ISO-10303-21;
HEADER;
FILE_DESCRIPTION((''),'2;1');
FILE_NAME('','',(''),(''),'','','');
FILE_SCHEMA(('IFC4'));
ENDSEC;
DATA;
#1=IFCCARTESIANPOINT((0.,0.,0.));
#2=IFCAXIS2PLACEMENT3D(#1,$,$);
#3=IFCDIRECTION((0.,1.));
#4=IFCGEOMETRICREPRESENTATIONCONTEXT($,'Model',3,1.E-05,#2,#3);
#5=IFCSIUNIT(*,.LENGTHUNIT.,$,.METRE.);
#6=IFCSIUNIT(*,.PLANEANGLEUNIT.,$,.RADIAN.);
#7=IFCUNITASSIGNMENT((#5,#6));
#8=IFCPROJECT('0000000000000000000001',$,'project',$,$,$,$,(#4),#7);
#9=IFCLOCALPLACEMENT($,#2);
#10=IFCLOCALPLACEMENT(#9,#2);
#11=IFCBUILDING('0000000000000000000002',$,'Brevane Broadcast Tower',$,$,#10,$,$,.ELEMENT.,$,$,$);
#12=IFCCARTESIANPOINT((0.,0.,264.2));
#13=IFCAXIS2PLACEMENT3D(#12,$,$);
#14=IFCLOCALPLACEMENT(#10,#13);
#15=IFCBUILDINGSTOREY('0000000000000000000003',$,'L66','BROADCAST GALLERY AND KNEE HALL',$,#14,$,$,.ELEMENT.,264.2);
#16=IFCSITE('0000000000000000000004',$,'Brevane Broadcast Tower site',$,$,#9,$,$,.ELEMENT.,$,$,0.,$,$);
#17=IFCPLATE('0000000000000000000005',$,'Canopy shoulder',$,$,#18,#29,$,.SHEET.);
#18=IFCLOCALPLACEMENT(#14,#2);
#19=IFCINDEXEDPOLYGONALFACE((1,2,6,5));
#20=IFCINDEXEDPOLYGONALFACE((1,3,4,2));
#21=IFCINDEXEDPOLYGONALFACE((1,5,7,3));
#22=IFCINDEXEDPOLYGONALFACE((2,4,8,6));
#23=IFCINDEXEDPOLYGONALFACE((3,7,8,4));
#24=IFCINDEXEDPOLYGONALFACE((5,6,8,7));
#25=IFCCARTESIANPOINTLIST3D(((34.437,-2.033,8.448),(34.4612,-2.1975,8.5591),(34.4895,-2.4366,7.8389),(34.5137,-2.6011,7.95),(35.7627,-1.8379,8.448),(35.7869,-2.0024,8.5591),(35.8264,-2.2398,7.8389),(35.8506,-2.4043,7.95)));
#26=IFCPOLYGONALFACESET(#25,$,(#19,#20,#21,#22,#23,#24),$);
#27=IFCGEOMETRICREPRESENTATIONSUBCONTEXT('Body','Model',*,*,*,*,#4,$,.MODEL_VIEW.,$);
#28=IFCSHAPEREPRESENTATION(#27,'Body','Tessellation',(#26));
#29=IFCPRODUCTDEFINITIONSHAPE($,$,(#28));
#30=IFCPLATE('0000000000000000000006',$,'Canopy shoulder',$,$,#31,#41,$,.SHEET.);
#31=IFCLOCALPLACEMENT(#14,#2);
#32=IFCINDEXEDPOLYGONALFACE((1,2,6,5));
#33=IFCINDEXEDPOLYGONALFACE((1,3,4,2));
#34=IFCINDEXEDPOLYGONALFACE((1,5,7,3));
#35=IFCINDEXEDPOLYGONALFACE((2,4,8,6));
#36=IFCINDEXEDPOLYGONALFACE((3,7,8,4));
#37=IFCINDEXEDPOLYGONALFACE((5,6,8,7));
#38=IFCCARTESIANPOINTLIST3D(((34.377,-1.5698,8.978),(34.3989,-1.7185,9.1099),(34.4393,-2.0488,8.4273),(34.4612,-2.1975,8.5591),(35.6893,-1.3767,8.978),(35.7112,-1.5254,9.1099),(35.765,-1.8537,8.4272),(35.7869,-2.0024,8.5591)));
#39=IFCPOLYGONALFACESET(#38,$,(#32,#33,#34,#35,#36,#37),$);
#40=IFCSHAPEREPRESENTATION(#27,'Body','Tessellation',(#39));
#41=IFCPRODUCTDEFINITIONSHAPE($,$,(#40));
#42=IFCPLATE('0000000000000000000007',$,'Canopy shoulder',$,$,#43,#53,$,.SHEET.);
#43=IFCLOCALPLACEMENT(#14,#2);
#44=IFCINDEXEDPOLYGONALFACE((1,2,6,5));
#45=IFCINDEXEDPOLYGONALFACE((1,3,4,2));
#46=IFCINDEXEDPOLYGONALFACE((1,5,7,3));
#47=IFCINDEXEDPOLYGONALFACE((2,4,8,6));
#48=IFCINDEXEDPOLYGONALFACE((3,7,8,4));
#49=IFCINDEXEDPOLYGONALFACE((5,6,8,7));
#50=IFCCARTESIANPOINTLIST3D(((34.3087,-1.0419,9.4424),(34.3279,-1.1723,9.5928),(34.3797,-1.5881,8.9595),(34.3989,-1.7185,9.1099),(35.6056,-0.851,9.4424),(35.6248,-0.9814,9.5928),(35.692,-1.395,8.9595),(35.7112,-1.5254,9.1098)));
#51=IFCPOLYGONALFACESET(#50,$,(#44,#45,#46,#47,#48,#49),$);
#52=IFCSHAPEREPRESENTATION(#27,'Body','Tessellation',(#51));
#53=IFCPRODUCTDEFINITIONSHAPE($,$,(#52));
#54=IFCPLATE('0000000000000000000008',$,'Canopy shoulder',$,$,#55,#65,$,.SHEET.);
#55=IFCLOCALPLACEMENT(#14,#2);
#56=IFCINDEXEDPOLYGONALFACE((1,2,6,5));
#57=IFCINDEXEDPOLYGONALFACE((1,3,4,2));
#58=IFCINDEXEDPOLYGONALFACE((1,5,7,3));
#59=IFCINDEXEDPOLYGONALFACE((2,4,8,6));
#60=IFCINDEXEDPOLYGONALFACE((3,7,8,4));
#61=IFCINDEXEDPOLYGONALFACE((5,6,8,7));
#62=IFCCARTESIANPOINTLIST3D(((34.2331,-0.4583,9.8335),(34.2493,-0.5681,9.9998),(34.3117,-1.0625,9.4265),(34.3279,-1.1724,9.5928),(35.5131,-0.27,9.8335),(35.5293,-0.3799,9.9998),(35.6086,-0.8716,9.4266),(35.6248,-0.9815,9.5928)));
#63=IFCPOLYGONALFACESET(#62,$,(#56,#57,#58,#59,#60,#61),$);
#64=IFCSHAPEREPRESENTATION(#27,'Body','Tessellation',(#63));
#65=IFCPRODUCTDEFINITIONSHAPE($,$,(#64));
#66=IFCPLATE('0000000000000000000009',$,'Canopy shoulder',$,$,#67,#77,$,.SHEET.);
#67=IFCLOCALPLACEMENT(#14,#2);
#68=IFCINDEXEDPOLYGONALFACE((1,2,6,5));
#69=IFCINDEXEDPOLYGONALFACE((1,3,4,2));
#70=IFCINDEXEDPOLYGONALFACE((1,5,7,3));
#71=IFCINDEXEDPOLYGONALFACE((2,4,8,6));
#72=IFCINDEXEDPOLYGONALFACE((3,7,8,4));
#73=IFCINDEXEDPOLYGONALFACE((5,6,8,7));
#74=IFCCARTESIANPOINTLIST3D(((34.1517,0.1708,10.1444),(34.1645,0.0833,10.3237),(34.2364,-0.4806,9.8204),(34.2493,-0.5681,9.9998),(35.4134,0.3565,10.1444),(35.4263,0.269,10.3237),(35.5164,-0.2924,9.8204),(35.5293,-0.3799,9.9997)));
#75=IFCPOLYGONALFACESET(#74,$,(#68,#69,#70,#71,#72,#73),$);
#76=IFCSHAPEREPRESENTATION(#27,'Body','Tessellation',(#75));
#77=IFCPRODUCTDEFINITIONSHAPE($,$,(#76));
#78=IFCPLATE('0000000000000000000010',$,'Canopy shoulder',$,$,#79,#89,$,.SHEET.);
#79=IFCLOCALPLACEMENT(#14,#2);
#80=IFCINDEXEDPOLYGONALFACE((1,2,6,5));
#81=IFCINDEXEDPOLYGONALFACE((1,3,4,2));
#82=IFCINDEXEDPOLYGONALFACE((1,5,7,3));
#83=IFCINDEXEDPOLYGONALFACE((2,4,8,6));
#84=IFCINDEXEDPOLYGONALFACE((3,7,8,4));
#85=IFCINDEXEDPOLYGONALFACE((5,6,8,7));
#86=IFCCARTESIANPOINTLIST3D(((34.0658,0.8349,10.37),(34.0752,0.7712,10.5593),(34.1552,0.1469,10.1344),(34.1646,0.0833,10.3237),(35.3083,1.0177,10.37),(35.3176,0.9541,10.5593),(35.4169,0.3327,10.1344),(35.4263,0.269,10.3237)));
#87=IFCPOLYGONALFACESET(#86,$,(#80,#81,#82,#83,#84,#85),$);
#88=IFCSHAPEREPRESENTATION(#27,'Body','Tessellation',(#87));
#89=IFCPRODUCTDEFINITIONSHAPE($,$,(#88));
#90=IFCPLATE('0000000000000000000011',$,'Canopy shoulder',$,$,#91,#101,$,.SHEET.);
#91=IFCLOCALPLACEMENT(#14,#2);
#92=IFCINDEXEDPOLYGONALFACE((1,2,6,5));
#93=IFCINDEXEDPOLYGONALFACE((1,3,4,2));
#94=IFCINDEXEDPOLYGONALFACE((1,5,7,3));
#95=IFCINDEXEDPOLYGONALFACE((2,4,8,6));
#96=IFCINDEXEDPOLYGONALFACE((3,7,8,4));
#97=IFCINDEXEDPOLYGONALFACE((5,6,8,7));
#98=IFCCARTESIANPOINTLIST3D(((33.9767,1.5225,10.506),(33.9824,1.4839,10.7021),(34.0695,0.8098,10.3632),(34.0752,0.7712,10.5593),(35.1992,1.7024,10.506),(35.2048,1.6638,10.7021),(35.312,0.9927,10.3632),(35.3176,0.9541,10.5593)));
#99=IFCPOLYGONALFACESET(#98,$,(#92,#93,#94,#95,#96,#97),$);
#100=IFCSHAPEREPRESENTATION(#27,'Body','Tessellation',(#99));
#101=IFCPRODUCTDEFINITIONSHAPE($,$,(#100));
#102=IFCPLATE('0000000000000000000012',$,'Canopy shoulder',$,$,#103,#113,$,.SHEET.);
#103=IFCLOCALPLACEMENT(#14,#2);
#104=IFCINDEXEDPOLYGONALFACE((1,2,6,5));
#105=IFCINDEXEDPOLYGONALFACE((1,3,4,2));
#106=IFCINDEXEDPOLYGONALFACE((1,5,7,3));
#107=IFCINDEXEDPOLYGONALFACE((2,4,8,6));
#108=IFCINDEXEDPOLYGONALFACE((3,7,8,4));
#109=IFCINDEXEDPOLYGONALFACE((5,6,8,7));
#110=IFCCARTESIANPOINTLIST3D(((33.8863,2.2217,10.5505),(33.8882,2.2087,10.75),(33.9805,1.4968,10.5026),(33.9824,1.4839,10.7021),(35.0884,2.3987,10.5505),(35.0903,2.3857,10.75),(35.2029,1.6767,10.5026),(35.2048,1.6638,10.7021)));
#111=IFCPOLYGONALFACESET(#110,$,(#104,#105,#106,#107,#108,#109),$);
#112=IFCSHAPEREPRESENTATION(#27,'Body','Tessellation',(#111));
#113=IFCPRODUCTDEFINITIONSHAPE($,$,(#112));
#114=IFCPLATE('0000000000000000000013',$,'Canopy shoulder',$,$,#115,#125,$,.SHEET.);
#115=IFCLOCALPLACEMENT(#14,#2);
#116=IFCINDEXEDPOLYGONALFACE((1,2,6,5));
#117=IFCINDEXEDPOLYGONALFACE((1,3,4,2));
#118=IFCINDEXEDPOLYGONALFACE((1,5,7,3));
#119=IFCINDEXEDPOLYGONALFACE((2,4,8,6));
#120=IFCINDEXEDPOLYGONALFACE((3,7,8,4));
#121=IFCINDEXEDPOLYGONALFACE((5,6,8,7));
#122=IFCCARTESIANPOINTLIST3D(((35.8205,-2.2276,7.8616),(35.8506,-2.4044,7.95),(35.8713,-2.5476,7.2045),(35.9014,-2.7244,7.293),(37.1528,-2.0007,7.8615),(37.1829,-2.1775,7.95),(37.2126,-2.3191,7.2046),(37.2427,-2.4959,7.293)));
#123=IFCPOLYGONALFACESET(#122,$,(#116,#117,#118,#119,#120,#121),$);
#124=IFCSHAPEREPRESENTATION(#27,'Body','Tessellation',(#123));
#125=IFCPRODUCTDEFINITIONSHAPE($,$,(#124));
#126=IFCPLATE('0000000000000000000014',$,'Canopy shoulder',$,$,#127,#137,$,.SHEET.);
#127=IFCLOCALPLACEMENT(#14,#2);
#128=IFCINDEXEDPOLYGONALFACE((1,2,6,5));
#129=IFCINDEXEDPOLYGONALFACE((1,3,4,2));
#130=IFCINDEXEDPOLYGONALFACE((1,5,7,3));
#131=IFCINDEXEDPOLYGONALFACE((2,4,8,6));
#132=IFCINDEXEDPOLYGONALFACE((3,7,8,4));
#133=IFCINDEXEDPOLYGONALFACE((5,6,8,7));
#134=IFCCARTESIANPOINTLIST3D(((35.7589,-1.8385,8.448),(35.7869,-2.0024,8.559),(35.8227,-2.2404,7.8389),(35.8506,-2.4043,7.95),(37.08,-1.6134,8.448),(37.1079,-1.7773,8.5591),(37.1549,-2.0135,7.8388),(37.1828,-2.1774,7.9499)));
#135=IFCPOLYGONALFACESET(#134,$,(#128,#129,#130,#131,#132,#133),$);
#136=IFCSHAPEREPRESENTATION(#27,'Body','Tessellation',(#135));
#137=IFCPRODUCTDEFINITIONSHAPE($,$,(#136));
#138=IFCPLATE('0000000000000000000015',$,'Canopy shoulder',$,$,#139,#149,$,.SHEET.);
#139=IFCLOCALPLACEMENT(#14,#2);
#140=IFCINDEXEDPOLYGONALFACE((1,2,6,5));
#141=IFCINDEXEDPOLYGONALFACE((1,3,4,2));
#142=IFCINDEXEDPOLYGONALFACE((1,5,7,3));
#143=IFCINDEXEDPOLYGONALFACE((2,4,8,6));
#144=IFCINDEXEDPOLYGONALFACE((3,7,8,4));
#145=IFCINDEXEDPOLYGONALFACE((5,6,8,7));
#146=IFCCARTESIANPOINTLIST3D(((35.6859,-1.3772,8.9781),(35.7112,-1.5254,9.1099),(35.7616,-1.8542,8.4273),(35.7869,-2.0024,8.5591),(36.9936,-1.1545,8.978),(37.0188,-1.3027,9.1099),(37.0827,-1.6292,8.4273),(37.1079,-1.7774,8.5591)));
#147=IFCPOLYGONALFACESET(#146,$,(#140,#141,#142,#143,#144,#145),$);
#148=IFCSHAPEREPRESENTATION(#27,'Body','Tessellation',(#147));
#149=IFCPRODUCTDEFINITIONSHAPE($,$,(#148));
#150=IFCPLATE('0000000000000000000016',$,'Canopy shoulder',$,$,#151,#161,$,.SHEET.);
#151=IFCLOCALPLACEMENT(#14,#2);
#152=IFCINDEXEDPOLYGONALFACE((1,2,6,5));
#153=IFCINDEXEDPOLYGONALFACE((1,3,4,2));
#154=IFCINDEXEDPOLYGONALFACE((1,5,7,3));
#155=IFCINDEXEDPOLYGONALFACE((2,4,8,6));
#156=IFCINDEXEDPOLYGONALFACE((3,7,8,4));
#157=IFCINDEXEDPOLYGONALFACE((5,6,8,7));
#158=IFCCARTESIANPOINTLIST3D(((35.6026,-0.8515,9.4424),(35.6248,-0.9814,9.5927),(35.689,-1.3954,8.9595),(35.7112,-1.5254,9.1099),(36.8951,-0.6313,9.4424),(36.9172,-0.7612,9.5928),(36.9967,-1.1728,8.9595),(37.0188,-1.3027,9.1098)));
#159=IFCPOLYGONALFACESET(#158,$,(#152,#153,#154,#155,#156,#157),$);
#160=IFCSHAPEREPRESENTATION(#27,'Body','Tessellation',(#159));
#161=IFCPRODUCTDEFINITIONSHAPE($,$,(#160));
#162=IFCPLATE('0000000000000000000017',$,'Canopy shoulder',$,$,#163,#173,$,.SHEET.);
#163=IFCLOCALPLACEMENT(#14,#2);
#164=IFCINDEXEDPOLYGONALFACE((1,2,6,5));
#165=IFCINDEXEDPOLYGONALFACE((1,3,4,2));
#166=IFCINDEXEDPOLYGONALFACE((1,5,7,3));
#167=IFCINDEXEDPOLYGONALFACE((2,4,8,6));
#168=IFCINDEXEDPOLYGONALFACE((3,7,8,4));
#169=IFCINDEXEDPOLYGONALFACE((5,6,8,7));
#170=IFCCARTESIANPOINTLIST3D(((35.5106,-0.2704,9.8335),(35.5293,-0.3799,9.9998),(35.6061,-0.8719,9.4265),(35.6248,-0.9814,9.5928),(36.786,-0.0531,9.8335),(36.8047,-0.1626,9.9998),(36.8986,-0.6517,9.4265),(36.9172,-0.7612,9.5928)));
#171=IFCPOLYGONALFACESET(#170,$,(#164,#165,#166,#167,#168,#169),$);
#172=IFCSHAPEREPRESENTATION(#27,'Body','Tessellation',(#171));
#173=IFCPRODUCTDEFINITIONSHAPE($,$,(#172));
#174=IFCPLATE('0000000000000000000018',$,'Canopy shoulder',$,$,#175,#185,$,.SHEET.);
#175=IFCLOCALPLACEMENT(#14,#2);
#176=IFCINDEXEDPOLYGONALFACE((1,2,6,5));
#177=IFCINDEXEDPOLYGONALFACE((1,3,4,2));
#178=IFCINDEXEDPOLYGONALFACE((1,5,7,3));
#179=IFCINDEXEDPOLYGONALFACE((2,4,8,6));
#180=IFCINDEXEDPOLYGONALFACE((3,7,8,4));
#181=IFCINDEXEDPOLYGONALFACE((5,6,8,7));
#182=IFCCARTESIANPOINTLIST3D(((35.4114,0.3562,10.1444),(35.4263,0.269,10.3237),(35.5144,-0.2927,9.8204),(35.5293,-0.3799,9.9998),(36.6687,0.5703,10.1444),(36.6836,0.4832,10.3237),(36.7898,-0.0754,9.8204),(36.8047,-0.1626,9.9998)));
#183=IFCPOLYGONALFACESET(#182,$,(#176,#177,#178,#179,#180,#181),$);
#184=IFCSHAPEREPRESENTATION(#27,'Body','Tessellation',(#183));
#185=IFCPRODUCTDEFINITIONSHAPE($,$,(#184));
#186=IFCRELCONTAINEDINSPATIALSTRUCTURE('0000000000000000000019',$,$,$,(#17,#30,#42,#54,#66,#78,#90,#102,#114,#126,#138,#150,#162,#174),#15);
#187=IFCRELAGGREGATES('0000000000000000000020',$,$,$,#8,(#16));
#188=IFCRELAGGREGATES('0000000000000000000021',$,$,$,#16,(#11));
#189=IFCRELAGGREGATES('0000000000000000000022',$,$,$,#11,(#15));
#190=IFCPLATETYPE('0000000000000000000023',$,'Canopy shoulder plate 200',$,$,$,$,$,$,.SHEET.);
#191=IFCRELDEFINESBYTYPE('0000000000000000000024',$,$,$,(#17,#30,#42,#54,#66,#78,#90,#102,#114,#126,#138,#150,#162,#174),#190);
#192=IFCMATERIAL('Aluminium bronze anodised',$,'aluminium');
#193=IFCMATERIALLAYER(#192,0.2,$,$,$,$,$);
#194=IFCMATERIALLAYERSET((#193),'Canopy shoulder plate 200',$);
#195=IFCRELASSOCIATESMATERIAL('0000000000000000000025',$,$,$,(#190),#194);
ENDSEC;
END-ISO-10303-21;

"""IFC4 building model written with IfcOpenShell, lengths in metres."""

from ifc_helpers import new_model, si_unit, direction, frame, origin, place, context, subcontext, project, spatial, polyline, outline, extrude, material, layer, layer_set, type_object, element, save


model = new_model("IFC4")

# Units and contexts
model_context = context("Model", 3, precision=1e-05, world=origin(), true_north=direction((0.0, 1.0)))
body_context = subcontext(model_context, "Body", "Model", "MODEL_VIEW")
ifc_project = project(units=[si_unit("LENGTHUNIT", "METRE"), si_unit("PLANEANGLEUNIT", "RADIAN")], contexts=[model_context])

# Site, building, storey
site_placement = place(None, origin())
site = spatial("IfcSite", under=ifc_project, at=site_placement, Name="Brevane Broadcast Tower site", CompositionType="ELEMENT", RefElevation=0.0)
building_placement = place(site_placement, origin())
building = spatial("IfcBuilding", under=site, at=building_placement, Name="Brevane Broadcast Tower", CompositionType="ELEMENT")
storey_placement = place(building_placement, frame((0.0, 0.0, 264.2)))
storey = spatial("IfcBuildingStorey", under=building, at=storey_placement, Name="L66", Description="BROADCAST GALLERY AND KNEE HALL", CompositionType="ELEMENT", Elevation=264.2)

# Plates
ifc_material = material(Name="Aluminium bronze anodised", Category="aluminium")
ifc_layer = layer(ifc_material, 0.2)
ifc_layer_set = layer_set([ifc_layer], Name="Canopy shoulder plate 200")
plate_type = type_object("IfcPlateType", Name="Canopy shoulder plate 200", PredefinedType="SHEET", material=ifc_layer_set)
plate_1_placement = place(storey_placement, frame((34.5137, -2.6011, 7.95), z_axis=(0.121073, -0.82269, 0.555448), x_axis=(0.989343, 0.145605, 0.00001)))
element("IfcPlate", 1, at=plate_1_placement, inside=storey, type_object=plate_type, Name="Canopy shoulder", PredefinedType="SHEET", context=body_context, shape_type="SweptSolid", body=[
    extrude(outline(polyline([(0.0, 0.0), (1.3513, 0.0), (1.3468, 0.7325), (0.0068, 0.7325), (0.0, 0.0)])), origin(), (0.0, 0.0, -1.0), 0.2),
])
plate_2_placement = place(storey_placement, frame((34.4612, -2.1975, 8.5591), z_axis=(0.109462, -0.743861, 0.65931), x_axis=(0.989346, 0.145583, -0.000004)))
element("IfcPlate", 2, at=plate_2_placement, inside=storey, type_object=plate_type, Name="Canopy shoulder", PredefinedType="SHEET", context=body_context, shape_type="SweptSolid", body=[
    extrude(outline(polyline([(0.0, 0.0), (1.34, 0.0), (1.3345, 0.7326), (0.0081, 0.7325), (0.0, 0.0)])), origin(), (0.0, 0.0, -1.0), 0.2),
])
plate_3_placement = place(storey_placement, frame((34.3989, -1.7185, 9.1099), z_axis=(0.096009, -0.652287, 0.751867), x_axis=(0.989343, 0.145605, -0.000012)))
element("IfcPlate", 3, at=plate_3_placement, inside=storey, type_object=plate_type, Name="Canopy shoulder", PredefinedType="SHEET", context=body_context, shape_type="SweptSolid", body=[
    extrude(outline(polyline([(0.0, 0.0), (1.3264, 0.0), (1.3201, 0.7325), (0.0092, 0.7324), (0.0, 0.0)])), origin(), (0.0, 0.0, -1.0), 0.2),
])
plate_4_placement = place(storey_placement, frame((34.3279, -1.1724, 9.5928), z_axis=(0.080867, -0.549615, 0.831495), x_axis=(0.989341, 0.14562, 0.000036)))
element("IfcPlate", 4, at=plate_4_placement, inside=storey, type_object=plate_type, Name="Canopy shoulder", PredefinedType="SHEET", context=body_context, shape_type="SweptSolid", body=[
    extrude(outline(polyline([(0.0, 0.0), (1.3109, 0.0), (1.304, 0.7325), (0.0102, 0.7327), (0.0, 0.0)])), origin(), (0.0, 0.0, -1.0), 0.2),
])
plate_5_placement = place(storey_placement, frame((34.2493, -0.5681, 9.9998), z_axis=(0.064396, -0.437614, 0.896854), x_axis=(0.989357, 0.145507, -0.000038)))
element("IfcPlate", 5, at=plate_5_placement, inside=storey, type_object=plate_type, Name="Canopy shoulder", PredefinedType="SHEET", context=body_context, shape_type="SweptSolid", body=[
    extrude(outline(polyline([(0.0, 0.0), (1.2938, 0.0), (1.2863, 0.7325), (0.011, 0.7323), (0.0, 0.0)])), origin(), (0.0, 0.0, -1.0), 0.2),
])
plate_6_placement = place(storey_placement, frame((34.1646, 0.0833, 10.3237), z_axis=(0.046842, -0.318185, 0.946871), x_axis=(0.989332, 0.145678, 0.000011)))
element("IfcPlate", 6, at=plate_6_placement, inside=storey, type_object=plate_type, Name="Canopy shoulder", PredefinedType="SHEET", context=body_context, shape_type="SweptSolid", body=[
    extrude(outline(polyline([(0.0, 0.0), (1.2753, 0.0), (1.2676, 0.7325), (0.0118, 0.7326), (0.0, 0.0)])), origin(), (0.0, 0.0, -1.0), 0.2),
])
plate_7_placement = place(storey_placement, frame((34.0752, 0.7712, 10.5593), z_axis=(0.028388, -0.192868, 0.980814), x_axis=(0.989342, 0.145612, -0.000001)))
element("IfcPlate", 7, at=plate_7_placement, inside=storey, type_object=plate_type, Name="Canopy shoulder", PredefinedType="SHEET", context=body_context, shape_type="SweptSolid", body=[
    extrude(outline(polyline([(0.0, 0.0), (1.2558, 0.0), (1.2476, 0.7326), (0.012, 0.7326), (0.0, 0.0)])), origin(), (0.0, 0.0, -1.0), 0.2),
])
plate_8_placement = place(storey_placement, frame((33.9824, 1.4839, 10.7021), z_axis=(0.009515, -0.064635, 0.997864), x_axis=(0.98934, 0.145625, -0.000001)))
element("IfcPlate", 8, at=plate_8_placement, inside=storey, type_object=plate_type, Name="Canopy shoulder", PredefinedType="SHEET", context=body_context, shape_type="SweptSolid", body=[
    extrude(outline(polyline([(0.0, 0.0), (1.2356, 0.0), (1.2274, 0.7325), (0.0123, 0.7324), (0.0, 0.0)])), origin(), (0.0, 0.0, -1.0), 0.2),
])
plate_9_placement = place(storey_placement, frame((35.9014, -2.7244, 7.293), z_axis=(0.150575, -0.884154, 0.442266), x_axis=(0.985804, 0.167899, 0.000025)))
element("IfcPlate", 9, at=plate_9_placement, inside=storey, type_object=plate_type, Name="Canopy shoulder", PredefinedType="SHEET", context=body_context, shape_type="SweptSolid", body=[
    extrude(outline(polyline([(0.0, 0.0), (1.3606, 0.0), (1.3551, 0.7325), (0.0037, 0.7326), (0.0, 0.0)])), origin(), (0.0, 0.0, -1.0), 0.2),
])
plate_10_placement = place(storey_placement, frame((35.8506, -2.4043, 7.95), z_axis=(0.139609, -0.819703, 0.555515), x_axis=(0.985808, 0.167876, -0.000034)))
element("IfcPlate", 10, at=plate_10_placement, inside=storey, type_object=plate_type, Name="Canopy shoulder", PredefinedType="SHEET", context=body_context, shape_type="SweptSolid", body=[
    extrude(outline(polyline([(0.0, 0.0), (1.3514, 0.0), (1.3447, 0.7326), (0.0046, 0.7325), (0.0, 0.0)])), origin(), (0.0, 0.0, -1.0), 0.2),
])
plate_11_placement = place(storey_placement, frame((35.7869, -2.0024, 8.5591), z_axis=(0.126259, -0.74124, 0.659259), x_axis=(0.985797, 0.167941, 0.000028)))
element("IfcPlate", 11, at=plate_11_placement, inside=storey, type_object=plate_type, Name="Canopy shoulder", PredefinedType="SHEET", context=body_context, shape_type="SweptSolid", body=[
    extrude(outline(polyline([(0.0, 0.0), (1.3401, 0.0), (1.332, 0.7325), (0.0055, 0.7326), (0.0, 0.0)])), origin(), (0.0, 0.0, -1.0), 0.2),
])
plate_12_placement = place(storey_placement, frame((35.7112, -1.5254, 9.1099), z_axis=(0.110694, -0.649886, 0.751928), x_axis=(0.985807, 0.167882, -0.000025)))
element("IfcPlate", 12, at=plate_12_placement, inside=storey, type_object=plate_type, Name="Canopy shoulder", PredefinedType="SHEET", context=body_context, shape_type="SweptSolid", body=[
    extrude(outline(polyline([(0.0, 0.0), (1.3264, 0.0), (1.3172, 0.7326), (0.0061, 0.7325), (0.0, 0.0)])), origin(), (0.0, 0.0, -1.0), 0.2),
])
plate_13_placement = place(storey_placement, frame((35.6248, -0.9814, 9.5928), z_axis=(0.093316, -0.54771, 0.831448), x_axis=(0.985794, 0.167959, 0.000003)))
element("IfcPlate", 13, at=plate_13_placement, inside=storey, type_object=plate_type, Name="Canopy shoulder", PredefinedType="SHEET", context=body_context, shape_type="SweptSolid", body=[
    extrude(outline(polyline([(0.0, 0.0), (1.3111, 0.0), (1.3007, 0.7325), (0.0069, 0.7325), (0.0, 0.0)])), origin(), (0.0, 0.0, -1.0), 0.2),
])
plate_14_placement = place(storey_placement, frame((35.5293, -0.3799, 9.9998), z_axis=(0.074264, -0.436004, 0.896875), x_axis=(0.985797, 0.167941, 0.000015)))
element("IfcPlate", 14, at=plate_14_placement, inside=storey, type_object=plate_type, Name="Canopy shoulder", PredefinedType="SHEET", context=body_context, shape_type="SweptSolid", body=[
    extrude(outline(polyline([(0.0, 0.0), (1.2938, 0.0), (1.2828, 0.7325), (0.0074, 0.7325), (0.0, 0.0)])), origin(), (0.0, 0.0, -1.0), 0.2),
])

save(model, "model.ifc")
